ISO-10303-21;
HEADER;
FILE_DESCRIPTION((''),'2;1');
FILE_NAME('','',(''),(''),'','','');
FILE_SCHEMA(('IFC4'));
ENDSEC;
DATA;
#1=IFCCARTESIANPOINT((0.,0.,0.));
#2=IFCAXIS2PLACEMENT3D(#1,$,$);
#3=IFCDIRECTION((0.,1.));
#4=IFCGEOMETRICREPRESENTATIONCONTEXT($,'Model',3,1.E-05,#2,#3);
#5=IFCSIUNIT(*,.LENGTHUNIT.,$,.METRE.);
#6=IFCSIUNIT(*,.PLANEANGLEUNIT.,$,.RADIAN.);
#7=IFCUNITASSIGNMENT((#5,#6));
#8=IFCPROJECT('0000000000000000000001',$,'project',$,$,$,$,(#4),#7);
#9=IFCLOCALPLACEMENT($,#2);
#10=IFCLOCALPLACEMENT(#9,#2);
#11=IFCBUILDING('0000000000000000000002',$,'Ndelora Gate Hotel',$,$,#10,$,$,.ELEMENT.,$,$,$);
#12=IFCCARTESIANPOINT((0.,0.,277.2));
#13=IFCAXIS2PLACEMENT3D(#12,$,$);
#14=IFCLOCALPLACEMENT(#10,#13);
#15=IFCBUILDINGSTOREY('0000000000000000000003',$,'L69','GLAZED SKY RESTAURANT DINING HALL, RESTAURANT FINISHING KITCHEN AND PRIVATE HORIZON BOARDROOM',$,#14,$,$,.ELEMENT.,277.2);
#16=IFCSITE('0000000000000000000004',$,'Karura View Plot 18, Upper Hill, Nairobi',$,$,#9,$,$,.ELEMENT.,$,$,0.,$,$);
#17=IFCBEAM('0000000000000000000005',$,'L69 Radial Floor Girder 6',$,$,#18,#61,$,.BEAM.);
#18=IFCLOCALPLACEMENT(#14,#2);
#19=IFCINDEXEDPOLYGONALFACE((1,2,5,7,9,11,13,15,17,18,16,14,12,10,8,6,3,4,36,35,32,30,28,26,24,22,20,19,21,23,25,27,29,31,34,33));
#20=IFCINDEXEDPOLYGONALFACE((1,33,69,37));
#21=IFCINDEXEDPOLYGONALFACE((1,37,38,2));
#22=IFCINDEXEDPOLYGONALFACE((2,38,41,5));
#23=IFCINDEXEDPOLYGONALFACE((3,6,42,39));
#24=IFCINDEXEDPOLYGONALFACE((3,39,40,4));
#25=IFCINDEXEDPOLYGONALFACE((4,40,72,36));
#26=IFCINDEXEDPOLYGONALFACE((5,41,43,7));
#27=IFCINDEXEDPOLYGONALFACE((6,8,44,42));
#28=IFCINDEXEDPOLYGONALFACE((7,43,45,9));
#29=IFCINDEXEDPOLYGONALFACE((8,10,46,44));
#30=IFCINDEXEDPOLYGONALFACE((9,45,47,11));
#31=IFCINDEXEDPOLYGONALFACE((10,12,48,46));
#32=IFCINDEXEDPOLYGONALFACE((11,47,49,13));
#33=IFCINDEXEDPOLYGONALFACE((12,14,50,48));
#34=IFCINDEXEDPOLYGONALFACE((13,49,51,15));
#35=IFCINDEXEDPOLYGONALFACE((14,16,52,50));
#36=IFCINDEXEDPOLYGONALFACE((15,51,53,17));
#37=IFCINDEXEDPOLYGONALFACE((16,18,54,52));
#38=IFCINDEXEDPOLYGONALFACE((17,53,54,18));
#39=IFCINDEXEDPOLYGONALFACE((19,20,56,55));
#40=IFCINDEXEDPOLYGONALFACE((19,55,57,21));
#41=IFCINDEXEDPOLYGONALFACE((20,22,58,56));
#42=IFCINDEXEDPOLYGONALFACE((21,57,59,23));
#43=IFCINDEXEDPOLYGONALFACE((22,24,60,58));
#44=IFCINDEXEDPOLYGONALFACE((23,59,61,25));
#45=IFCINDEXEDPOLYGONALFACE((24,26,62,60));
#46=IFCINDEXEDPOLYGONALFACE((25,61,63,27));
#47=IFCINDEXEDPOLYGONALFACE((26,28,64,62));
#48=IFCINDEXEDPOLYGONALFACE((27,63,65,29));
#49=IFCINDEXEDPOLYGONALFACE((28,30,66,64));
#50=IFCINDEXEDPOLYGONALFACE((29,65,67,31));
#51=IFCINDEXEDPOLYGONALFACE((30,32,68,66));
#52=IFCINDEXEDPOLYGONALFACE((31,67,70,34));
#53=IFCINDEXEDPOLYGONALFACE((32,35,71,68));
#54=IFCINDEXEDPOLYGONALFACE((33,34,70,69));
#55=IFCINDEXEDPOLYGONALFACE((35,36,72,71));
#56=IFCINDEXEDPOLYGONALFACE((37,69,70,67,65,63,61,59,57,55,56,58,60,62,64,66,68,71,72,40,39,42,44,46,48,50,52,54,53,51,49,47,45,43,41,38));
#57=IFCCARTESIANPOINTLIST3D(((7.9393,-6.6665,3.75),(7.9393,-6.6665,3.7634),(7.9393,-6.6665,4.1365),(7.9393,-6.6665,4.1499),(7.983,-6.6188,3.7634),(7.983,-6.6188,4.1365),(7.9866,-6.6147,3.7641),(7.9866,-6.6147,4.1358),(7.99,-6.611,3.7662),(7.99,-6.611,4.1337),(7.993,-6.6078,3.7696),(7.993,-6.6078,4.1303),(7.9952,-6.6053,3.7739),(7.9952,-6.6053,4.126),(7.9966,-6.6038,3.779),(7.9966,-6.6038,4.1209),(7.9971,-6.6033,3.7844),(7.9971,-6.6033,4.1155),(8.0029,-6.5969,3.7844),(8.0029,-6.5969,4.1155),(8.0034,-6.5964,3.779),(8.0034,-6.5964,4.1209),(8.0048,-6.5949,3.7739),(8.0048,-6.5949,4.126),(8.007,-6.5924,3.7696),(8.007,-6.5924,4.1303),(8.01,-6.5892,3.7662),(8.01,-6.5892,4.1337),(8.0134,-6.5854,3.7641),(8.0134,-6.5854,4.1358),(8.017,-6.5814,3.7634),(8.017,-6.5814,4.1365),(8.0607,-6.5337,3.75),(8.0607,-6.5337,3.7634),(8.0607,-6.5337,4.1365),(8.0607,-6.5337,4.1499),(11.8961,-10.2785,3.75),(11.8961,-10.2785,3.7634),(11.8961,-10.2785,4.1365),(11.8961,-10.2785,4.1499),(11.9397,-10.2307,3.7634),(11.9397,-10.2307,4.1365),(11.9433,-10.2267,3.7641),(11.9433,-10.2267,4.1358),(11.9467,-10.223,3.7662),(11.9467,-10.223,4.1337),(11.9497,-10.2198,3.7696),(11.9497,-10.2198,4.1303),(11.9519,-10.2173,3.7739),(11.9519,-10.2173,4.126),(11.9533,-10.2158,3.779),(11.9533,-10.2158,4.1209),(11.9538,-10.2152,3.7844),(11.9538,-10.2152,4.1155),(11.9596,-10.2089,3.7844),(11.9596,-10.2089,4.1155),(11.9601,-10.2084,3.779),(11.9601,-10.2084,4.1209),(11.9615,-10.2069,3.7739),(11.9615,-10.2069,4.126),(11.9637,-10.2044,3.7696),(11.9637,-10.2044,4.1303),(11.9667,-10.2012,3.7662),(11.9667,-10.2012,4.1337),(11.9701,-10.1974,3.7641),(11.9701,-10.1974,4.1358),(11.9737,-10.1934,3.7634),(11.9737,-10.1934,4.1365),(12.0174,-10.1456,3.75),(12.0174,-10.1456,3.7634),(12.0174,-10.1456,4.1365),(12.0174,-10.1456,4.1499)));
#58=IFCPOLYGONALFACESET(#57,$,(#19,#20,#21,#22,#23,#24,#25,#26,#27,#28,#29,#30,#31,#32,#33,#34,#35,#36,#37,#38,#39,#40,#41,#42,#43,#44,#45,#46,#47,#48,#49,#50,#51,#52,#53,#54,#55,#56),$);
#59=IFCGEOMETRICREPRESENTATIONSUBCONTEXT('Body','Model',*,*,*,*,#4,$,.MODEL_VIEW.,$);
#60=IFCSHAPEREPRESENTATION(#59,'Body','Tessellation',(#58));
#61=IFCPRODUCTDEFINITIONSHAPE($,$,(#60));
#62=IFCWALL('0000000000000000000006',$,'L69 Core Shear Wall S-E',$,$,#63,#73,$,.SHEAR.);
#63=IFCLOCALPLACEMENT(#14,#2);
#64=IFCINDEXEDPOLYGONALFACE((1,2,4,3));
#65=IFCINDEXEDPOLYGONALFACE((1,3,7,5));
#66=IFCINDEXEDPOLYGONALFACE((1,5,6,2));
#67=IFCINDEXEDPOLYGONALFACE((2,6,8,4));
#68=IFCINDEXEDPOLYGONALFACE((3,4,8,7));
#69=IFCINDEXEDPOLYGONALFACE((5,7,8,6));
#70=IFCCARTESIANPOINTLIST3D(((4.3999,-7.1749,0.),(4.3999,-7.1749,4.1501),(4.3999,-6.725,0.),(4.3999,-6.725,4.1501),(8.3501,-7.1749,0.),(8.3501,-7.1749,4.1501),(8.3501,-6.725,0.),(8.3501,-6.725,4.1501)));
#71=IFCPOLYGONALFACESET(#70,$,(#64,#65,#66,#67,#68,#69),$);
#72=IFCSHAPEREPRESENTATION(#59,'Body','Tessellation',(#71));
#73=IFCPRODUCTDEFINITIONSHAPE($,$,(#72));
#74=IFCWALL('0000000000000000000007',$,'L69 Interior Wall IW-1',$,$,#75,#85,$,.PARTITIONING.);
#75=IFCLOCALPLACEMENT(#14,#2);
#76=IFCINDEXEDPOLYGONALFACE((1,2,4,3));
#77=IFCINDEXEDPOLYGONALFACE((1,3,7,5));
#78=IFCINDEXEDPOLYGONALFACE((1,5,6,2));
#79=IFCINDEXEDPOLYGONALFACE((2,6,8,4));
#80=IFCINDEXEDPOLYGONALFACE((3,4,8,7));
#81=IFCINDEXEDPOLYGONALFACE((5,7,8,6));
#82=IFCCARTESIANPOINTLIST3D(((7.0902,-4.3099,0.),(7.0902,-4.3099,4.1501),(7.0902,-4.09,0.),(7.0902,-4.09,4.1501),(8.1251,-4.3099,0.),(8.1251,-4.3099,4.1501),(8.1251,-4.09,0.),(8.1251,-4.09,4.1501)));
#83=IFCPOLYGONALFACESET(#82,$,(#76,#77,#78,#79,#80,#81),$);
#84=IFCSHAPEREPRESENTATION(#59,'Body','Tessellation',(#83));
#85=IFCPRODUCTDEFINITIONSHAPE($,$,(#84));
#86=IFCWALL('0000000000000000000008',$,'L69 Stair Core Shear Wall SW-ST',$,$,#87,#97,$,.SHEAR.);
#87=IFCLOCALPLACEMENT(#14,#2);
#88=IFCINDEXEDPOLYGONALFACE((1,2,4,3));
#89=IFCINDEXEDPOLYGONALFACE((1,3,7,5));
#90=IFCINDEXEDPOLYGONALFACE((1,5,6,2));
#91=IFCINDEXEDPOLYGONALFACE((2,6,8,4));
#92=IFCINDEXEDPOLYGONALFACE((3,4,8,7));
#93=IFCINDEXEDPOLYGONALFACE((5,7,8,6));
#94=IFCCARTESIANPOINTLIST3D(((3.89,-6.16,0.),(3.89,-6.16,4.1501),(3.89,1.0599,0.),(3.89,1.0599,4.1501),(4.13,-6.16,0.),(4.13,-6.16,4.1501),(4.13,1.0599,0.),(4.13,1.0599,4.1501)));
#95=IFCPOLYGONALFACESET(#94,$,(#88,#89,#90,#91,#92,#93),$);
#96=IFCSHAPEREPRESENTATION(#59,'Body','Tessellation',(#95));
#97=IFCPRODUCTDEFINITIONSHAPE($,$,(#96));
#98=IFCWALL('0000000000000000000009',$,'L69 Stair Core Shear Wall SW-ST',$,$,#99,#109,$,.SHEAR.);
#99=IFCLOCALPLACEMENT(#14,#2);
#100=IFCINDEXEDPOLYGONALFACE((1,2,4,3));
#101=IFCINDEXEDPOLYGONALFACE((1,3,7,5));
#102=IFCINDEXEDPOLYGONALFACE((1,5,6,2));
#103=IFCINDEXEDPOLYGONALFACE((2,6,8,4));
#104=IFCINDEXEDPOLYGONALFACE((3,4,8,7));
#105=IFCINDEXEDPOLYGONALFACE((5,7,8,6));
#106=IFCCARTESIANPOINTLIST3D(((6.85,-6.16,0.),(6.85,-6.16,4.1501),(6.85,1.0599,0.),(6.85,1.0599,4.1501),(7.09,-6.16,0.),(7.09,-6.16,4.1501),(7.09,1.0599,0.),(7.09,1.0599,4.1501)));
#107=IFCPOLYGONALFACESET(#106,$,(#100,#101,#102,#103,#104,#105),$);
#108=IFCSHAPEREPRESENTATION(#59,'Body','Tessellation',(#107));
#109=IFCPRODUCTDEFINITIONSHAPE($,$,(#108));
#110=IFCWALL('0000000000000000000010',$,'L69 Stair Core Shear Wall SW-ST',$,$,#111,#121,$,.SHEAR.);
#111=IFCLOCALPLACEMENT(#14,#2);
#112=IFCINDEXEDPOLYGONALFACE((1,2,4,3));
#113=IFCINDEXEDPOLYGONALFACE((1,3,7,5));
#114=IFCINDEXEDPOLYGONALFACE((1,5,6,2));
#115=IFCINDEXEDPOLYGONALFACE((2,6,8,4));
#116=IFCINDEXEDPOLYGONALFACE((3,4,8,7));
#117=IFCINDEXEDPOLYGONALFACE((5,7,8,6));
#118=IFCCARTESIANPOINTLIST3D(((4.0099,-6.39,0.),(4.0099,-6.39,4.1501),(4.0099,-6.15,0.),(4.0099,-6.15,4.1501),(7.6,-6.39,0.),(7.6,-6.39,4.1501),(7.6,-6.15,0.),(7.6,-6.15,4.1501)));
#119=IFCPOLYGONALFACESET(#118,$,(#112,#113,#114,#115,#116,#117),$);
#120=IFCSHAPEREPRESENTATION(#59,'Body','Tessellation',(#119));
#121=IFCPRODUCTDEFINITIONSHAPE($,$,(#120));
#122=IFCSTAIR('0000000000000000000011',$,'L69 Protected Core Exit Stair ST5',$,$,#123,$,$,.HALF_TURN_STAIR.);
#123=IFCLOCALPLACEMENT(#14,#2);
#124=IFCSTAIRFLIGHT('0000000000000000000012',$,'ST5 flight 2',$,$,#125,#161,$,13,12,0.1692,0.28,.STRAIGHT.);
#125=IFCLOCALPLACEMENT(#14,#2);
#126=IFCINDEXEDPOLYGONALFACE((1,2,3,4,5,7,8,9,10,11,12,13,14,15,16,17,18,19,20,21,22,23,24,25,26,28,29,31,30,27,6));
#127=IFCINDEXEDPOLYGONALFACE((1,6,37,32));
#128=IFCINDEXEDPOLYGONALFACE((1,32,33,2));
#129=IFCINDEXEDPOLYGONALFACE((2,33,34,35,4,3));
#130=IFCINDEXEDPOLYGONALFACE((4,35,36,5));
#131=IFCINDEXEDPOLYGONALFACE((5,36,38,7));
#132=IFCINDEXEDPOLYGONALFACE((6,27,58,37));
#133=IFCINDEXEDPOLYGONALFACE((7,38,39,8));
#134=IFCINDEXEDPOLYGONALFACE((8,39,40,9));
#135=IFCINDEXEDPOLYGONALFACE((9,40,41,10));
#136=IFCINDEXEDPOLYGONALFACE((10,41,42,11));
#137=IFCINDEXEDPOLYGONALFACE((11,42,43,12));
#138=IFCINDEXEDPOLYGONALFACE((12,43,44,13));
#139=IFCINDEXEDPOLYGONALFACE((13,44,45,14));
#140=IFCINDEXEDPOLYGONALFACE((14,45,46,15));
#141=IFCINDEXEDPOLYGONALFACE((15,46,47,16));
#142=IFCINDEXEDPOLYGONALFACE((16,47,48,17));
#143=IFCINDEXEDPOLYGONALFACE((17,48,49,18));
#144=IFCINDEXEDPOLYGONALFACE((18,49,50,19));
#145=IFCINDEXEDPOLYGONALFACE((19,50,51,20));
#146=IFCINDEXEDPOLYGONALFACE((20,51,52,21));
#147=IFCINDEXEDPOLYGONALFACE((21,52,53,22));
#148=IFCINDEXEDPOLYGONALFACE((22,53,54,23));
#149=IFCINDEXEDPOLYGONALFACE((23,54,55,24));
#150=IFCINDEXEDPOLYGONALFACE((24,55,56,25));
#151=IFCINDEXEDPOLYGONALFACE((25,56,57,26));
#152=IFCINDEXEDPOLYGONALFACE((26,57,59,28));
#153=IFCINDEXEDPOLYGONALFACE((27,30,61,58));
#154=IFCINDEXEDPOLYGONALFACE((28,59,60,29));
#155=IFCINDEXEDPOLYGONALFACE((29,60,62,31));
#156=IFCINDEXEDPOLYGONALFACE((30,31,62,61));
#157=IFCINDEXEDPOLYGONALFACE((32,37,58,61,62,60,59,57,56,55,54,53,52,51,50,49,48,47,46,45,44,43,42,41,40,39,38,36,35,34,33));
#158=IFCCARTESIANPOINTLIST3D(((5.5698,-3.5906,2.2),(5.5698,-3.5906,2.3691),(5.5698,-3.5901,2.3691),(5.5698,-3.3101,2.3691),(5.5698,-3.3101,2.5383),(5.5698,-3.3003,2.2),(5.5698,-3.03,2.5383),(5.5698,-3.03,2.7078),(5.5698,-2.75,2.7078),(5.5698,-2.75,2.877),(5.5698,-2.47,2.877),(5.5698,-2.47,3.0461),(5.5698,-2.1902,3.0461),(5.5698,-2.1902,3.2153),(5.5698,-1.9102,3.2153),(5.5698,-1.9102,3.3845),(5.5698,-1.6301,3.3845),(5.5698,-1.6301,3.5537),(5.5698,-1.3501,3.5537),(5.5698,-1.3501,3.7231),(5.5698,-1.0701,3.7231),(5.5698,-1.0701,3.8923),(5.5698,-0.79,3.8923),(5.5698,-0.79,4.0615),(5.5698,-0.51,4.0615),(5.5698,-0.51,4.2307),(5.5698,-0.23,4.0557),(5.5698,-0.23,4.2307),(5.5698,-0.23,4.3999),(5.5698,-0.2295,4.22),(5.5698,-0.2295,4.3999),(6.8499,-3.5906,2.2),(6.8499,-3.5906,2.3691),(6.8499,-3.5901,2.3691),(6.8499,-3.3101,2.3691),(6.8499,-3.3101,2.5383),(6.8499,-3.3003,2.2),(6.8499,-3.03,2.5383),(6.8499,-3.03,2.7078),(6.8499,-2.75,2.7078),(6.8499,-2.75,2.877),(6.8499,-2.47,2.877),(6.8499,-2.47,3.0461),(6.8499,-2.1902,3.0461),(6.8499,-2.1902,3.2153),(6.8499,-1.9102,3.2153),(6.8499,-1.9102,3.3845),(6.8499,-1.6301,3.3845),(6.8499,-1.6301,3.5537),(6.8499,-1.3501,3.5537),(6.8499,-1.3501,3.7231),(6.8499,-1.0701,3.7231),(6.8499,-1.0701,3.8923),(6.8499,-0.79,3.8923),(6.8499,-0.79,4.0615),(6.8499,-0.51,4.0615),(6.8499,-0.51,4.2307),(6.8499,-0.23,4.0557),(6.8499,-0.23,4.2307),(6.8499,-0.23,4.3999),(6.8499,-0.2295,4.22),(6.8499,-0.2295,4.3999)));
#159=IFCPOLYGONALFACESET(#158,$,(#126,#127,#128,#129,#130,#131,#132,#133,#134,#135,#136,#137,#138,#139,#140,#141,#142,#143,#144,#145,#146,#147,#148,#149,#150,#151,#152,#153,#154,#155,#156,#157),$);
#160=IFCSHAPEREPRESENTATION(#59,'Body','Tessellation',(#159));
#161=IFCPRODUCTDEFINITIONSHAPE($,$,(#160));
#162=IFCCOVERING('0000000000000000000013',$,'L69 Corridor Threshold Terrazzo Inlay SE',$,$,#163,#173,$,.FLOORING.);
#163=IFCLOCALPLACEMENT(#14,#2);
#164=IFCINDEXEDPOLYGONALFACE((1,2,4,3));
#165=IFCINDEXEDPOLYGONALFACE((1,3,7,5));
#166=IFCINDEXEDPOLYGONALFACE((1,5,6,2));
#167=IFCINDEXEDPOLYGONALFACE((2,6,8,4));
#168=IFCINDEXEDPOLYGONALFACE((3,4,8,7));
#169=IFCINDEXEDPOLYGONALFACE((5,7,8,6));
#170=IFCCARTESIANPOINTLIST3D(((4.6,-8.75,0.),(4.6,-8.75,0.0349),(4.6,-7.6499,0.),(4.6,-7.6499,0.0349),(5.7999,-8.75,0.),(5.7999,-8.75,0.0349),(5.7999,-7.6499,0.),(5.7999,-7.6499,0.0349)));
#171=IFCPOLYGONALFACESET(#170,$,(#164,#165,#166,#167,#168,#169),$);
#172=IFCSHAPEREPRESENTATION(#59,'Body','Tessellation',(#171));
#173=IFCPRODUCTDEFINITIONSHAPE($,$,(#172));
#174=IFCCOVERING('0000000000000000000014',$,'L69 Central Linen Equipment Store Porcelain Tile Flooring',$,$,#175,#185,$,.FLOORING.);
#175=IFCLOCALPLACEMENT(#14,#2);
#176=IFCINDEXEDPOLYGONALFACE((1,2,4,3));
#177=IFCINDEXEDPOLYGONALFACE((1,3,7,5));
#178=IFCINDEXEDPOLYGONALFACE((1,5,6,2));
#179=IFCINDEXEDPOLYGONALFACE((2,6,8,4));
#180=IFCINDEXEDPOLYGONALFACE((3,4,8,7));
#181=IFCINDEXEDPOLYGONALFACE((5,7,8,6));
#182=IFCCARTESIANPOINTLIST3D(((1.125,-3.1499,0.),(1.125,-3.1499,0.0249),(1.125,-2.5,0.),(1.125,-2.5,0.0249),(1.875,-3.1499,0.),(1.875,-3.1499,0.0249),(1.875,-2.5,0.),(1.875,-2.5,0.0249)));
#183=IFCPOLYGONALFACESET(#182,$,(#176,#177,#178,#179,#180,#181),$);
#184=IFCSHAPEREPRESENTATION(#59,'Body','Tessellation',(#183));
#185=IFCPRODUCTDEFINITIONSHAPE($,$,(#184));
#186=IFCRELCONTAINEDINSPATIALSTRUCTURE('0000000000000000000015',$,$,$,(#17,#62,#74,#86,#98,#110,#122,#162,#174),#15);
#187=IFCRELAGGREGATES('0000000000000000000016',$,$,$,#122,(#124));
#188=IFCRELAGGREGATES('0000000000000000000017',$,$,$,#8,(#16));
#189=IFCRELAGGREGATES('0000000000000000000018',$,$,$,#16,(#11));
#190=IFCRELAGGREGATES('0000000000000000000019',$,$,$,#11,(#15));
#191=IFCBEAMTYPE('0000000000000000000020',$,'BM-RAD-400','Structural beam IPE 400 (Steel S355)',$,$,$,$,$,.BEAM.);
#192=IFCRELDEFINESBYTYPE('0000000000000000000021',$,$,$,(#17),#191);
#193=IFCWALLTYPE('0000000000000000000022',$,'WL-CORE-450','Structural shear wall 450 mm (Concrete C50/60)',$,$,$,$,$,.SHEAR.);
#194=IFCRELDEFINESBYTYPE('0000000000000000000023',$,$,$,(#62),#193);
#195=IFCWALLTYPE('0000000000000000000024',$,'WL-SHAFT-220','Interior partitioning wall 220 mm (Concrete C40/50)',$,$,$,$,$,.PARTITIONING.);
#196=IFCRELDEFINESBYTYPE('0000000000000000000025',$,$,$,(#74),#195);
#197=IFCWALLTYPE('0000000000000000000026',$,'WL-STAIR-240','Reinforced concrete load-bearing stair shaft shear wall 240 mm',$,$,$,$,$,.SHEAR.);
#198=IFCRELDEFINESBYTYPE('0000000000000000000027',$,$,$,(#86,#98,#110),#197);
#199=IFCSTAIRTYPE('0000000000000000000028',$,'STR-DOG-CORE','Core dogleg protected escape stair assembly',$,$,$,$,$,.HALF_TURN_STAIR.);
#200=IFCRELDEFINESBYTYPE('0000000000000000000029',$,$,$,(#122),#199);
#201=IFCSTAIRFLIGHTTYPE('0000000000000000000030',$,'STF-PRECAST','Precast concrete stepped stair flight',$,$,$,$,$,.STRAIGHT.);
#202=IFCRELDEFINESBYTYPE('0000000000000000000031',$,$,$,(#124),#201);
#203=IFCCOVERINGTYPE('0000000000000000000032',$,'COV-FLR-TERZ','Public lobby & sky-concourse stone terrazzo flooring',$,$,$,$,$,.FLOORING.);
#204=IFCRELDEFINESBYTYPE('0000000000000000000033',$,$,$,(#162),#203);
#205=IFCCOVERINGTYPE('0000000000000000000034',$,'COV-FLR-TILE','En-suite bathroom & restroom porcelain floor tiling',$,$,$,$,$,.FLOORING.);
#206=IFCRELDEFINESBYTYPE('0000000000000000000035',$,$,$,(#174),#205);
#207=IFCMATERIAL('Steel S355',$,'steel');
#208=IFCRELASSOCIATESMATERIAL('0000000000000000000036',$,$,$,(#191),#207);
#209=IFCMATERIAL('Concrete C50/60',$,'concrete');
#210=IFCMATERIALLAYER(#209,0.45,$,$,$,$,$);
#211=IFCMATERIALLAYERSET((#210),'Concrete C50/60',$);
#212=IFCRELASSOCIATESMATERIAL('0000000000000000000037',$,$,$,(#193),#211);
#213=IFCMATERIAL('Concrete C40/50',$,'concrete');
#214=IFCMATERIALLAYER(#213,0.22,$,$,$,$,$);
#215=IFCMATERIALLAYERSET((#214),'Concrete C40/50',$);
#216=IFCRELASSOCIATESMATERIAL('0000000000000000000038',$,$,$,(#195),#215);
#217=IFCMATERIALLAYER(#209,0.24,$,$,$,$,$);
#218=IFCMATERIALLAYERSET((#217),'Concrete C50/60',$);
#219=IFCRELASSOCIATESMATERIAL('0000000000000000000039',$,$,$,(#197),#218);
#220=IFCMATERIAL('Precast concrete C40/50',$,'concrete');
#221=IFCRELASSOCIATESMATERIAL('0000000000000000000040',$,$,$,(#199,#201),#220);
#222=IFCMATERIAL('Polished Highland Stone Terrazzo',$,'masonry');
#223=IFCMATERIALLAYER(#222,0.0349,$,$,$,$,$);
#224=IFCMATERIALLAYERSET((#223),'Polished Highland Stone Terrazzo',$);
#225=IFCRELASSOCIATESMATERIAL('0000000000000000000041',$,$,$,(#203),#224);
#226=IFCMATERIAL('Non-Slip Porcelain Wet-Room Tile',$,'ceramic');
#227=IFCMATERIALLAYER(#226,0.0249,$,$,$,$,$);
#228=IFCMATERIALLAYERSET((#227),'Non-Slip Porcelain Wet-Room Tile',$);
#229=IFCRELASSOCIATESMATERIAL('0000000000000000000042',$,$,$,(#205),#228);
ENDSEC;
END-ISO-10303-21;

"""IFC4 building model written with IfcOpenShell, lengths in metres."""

from ifc_helpers import new_model, si_unit, direction, frame, frame_2d, origin, origin_2d, place, context, subcontext, project, spatial, polyline, rectangle, i_section, outline, extrude, material, layer, layer_set, material_profile, profile_set, type_object, element, aggregate, save


model = new_model("IFC4")

# Units and contexts
model_context = context("Model", 3, precision=1e-05, world=origin(), true_north=direction((0.0, 1.0)))
body_context = subcontext(model_context, "Body", "Model", "MODEL_VIEW")
ifc_project = project(units=[si_unit("LENGTHUNIT", "METRE"), si_unit("PLANEANGLEUNIT", "RADIAN")], contexts=[model_context])

# Site, building, storey
site_placement = place(None, origin())
site = spatial("IfcSite", under=ifc_project, at=site_placement, Name="Karura View Plot 18, Upper Hill, Nairobi", CompositionType="ELEMENT", RefElevation=0.0)
building_placement = place(site_placement, origin())
building = spatial("IfcBuilding", under=site, at=building_placement, Name="Ndelora Gate Hotel", CompositionType="ELEMENT")
storey_placement = place(building_placement, frame((0.0, 0.0, 277.2)))
storey = spatial("IfcBuildingStorey", under=building, at=storey_placement, Name="L69", Description="GLAZED SKY RESTAURANT DINING HALL, RESTAURANT FINISHING KITCHEN AND PRIVATE HORIZON BOARDROOM", CompositionType="ELEMENT", Elevation=277.2)

# Shared definitions
ifc_material_1 = material(Name="Concrete C50/60", Category="concrete")

# Beam
ifc_material_2 = material(Name="Steel S355", Category="steel")
ifc_material_profile_1 = material_profile(ifc_material_2, i_section(OverallWidth=0.1799, OverallDepth=0.3999, WebThickness=0.0085, FlangeThickness=0.0134, FilletRadius=0.021, at=origin_2d()), Name="IPE 400")
ifc_profile_set_1 = profile_set([ifc_material_profile_1], Name="Steel S355")
beam_type_1 = type_object("IfcBeamType", Name="BM-RAD-400", Description="Structural beam IPE 400 (Steel S355)", PredefinedType="BEAM", material=ifc_profile_set_1)
beam_1_placement = place(storey_placement, frame((8.0, -6.6001, 3.95), z_axis=(0.738547, -0.674202, 0.0), x_axis=(0.674202, 0.738547, 0.0)))
element("IfcBeam", 1, at=beam_1_placement, inside=storey, type_object=beam_type_1, Name="L69 Radial Floor Girder 6", PredefinedType="BEAM", context=body_context, shape_type="SweptSolid", body=[
    extrude(i_section(OverallWidth=0.1799, OverallDepth=0.3999, WebThickness=0.0085, FlangeThickness=0.0134, FilletRadius=0.021, at=origin_2d()), origin(), (0.0, 0.0, 1.0), 5.3574),
])

# Walls
ifc_layer_1 = layer(ifc_material_1, 0.45)
ifc_layer_set_1 = layer_set([ifc_layer_1], Name="Concrete C50/60")
wall_type_1 = type_object("IfcWallType", Name="WL-CORE-450", Description="Structural shear wall 450 mm (Concrete C50/60)", PredefinedType="SHEAR", material=ifc_layer_set_1)
wall_1_placement = place(storey_placement, frame((4.3999, -6.95, 0.0), z_axis=(0.0, 0.0, 1.0), x_axis=(1.0, 0.0, 0.0)))
element("IfcWall", 2, at=wall_1_placement, inside=storey, type_object=wall_type_1, Name="L69 Core Shear Wall S-E", PredefinedType="SHEAR", context=body_context, shape_type="SweptSolid", body=[
    extrude(rectangle(XDim=3.9502, YDim=0.45, at=frame_2d((1.9751, 0.0))), origin(), (0.0, 0.0, 1.0), 4.1501),
])
ifc_material_3 = material(Name="Concrete C40/50", Category="concrete")
ifc_layer_2 = layer(ifc_material_3, 0.22)
ifc_layer_set_2 = layer_set([ifc_layer_2], Name="Concrete C40/50")
wall_type_2 = type_object("IfcWallType", Name="WL-SHAFT-220", Description="Interior partitioning wall 220 mm (Concrete C40/50)", PredefinedType="PARTITIONING", material=ifc_layer_set_2)
wall_2_placement = place(storey_placement, frame((7.0901, -4.2, 0.0), z_axis=(0.0, 0.0, 1.0), x_axis=(1.0, 0.0, 0.0)))
element("IfcWall", 3, at=wall_2_placement, inside=storey, type_object=wall_type_2, Name="L69 Interior Wall IW-1", PredefinedType="PARTITIONING", context=body_context, shape_type="SweptSolid", body=[
    extrude(rectangle(XDim=1.0349, YDim=0.22, at=frame_2d((0.5176, 0.0))), origin(), (0.0, 0.0, 1.0), 4.1501),
])
ifc_layer_3 = layer(ifc_material_1, 0.24)
ifc_layer_set_3 = layer_set([ifc_layer_3], Name="Concrete C50/60")
wall_type_3 = type_object("IfcWallType", Name="WL-STAIR-240", Description="Reinforced concrete load-bearing stair shaft shear wall 240 mm", PredefinedType="SHEAR", material=ifc_layer_set_3)
for number, where, z_axis, x_axis, name in (
    (4, (4.01, -6.1599, 0.0), (0.0, 0.0, 1.0), (0.0, 1.0, 0.0), "L69 Stair Core Shear Wall SW-ST"),
    (5, (6.97, -6.1599, 0.0), (0.0, 0.0, 1.0), (0.0, 1.0, 0.0), "L69 Stair Core Shear Wall SW-ST"),
):
    element("IfcWall", number, at=place(storey_placement, frame(where, z_axis=z_axis, x_axis=x_axis)), inside=storey, type_object=wall_type_3, Name=name, PredefinedType="SHEAR", context=body_context, shape_type="SweptSolid", body=[
        extrude(rectangle(XDim=7.22, YDim=0.24, at=frame_2d((3.6099, 0.0))), origin(), (0.0, 0.0, 1.0), 4.1501),
    ])
wall_3_placement = place(storey_placement, frame((4.01, -6.27, 0.0), z_axis=(0.0, 0.0, 1.0), x_axis=(1.0, 0.0, 0.0)))
element("IfcWall", 6, at=wall_3_placement, inside=storey, type_object=wall_type_3, Name="L69 Stair Core Shear Wall SW-ST", PredefinedType="SHEAR", context=body_context, shape_type="SweptSolid", body=[
    extrude(rectangle(XDim=3.5901, YDim=0.24, at=frame_2d((1.7949, 0.0))), origin(), (0.0, 0.0, 1.0), 4.1501),
])

# Stair, stair flight
ifc_material_4 = material(Name="Precast concrete C40/50", Category="concrete")
stair_type = type_object("IfcStairType", Name="STR-DOG-CORE", Description="Core dogleg protected escape stair assembly", PredefinedType="HALF_TURN_STAIR", material=ifc_material_4)
stair_placement = place(storey_placement, origin())
stair = element("IfcStair", 7, at=stair_placement, inside=storey, type_object=stair_type, Name="L69 Protected Core Exit Stair ST5", PredefinedType="HALF_TURN_STAIR")
stair_flight_type = type_object("IfcStairFlightType", Name="STF-PRECAST", Description="Precast concrete stepped stair flight", PredefinedType="STRAIGHT", material=ifc_material_4)
stair_flight_placement = place(storey_placement, frame((6.21, -3.5901, 2.2), z_axis=(0.0, 0.0, 1.0), x_axis=(0.0, 1.0, 0.0)))
stair_flight = element("IfcStairFlight", 8, at=stair_flight_placement, type_object=stair_flight_type, Name="ST5 flight 2", NumberOfRisers=13, NumberOfTreads=12, PredefinedType="STRAIGHT", RiserHeight=0.1692, TreadLength=0.28, context=body_context, shape_type="SweptSolid", body=[
    extrude(outline(polyline([(-0.0005, 0.0), (-0.0005, 0.1692), (0.0, 0.1692), (0.28, 0.1692), (0.28, 0.3384), (0.5601, 0.3384), (0.5601, 0.5078), (0.8401, 0.5078), (0.8401, 0.677), (1.1201, 0.677), (1.1201, 0.8462), (1.3999, 0.8462), (1.3999, 1.0154), (1.6799, 1.0154), (1.6799, 1.1846), (1.96, 1.1846), (1.96, 1.3538), (2.24, 1.3538), (2.24, 1.5232), (2.52, 1.5232), (2.52, 1.6924), (2.8, 1.6924), (2.8, 1.8616), (3.0801, 1.8616), (3.0801, 2.0308), (3.3601, 2.0308), (3.3601, 2.2), (3.3606, 2.2), (3.3606, 2.02), (3.3601, 1.8557), (0.2898, 0.0), (-0.0005, 0.0)])), frame((0.0, 0.6401, 0.0), z_axis=(0.0, -1.0, 0.0), x_axis=(1.0, 0.0, 0.0)), (0.0, 0.0, 1.0), 1.28),
])
aggregate(stair, [stair_flight])

# Coverings
ifc_material_5 = material(Name="Polished Highland Stone Terrazzo", Category="masonry")
ifc_layer_4 = layer(ifc_material_5, 0.0349)
ifc_layer_set_4 = layer_set([ifc_layer_4], Name="Polished Highland Stone Terrazzo")
covering_type_1 = type_object("IfcCoveringType", Name="COV-FLR-TERZ", Description="Public lobby & sky-concourse stone terrazzo flooring", PredefinedType="FLOORING", material=ifc_layer_set_4)
covering_1_placement = place(storey_placement, frame((5.2, -8.2, 0.0), z_axis=(0.0, 0.0, 1.0), x_axis=(1.0, 0.0, 0.0)))
element("IfcCovering", 9, at=covering_1_placement, inside=storey, type_object=covering_type_1, Name="L69 Corridor Threshold Terrazzo Inlay SE", PredefinedType="FLOORING", context=body_context, shape_type="SweptSolid", body=[
    extrude(rectangle(XDim=1.2, YDim=1.1001, at=origin_2d()), origin(), (0.0, 0.0, 1.0), 0.0349),
])
ifc_material_6 = material(Name="Non-Slip Porcelain Wet-Room Tile", Category="ceramic")
ifc_layer_5 = layer(ifc_material_6, 0.0249)
ifc_layer_set_5 = layer_set([ifc_layer_5], Name="Non-Slip Porcelain Wet-Room Tile")
covering_type_2 = type_object("IfcCoveringType", Name="COV-FLR-TILE", Description="En-suite bathroom & restroom porcelain floor tiling", PredefinedType="FLOORING", material=ifc_layer_set_5)
covering_2_placement = place(storey_placement, frame((1.5, -2.825, 0.0), z_axis=(0.0, 0.0, 1.0), x_axis=(1.0, 0.0, 0.0)))
element("IfcCovering", 10, at=covering_2_placement, inside=storey, type_object=covering_type_2, Name="L69 Central Linen Equipment Store Porcelain Tile Flooring", PredefinedType="FLOORING", context=body_context, shape_type="SweptSolid", body=[
    extrude(rectangle(XDim=0.75, YDim=0.6499, at=origin_2d()), origin(), (0.0, 0.0, 1.0), 0.0249),
])

save(model, "model.ifc")
